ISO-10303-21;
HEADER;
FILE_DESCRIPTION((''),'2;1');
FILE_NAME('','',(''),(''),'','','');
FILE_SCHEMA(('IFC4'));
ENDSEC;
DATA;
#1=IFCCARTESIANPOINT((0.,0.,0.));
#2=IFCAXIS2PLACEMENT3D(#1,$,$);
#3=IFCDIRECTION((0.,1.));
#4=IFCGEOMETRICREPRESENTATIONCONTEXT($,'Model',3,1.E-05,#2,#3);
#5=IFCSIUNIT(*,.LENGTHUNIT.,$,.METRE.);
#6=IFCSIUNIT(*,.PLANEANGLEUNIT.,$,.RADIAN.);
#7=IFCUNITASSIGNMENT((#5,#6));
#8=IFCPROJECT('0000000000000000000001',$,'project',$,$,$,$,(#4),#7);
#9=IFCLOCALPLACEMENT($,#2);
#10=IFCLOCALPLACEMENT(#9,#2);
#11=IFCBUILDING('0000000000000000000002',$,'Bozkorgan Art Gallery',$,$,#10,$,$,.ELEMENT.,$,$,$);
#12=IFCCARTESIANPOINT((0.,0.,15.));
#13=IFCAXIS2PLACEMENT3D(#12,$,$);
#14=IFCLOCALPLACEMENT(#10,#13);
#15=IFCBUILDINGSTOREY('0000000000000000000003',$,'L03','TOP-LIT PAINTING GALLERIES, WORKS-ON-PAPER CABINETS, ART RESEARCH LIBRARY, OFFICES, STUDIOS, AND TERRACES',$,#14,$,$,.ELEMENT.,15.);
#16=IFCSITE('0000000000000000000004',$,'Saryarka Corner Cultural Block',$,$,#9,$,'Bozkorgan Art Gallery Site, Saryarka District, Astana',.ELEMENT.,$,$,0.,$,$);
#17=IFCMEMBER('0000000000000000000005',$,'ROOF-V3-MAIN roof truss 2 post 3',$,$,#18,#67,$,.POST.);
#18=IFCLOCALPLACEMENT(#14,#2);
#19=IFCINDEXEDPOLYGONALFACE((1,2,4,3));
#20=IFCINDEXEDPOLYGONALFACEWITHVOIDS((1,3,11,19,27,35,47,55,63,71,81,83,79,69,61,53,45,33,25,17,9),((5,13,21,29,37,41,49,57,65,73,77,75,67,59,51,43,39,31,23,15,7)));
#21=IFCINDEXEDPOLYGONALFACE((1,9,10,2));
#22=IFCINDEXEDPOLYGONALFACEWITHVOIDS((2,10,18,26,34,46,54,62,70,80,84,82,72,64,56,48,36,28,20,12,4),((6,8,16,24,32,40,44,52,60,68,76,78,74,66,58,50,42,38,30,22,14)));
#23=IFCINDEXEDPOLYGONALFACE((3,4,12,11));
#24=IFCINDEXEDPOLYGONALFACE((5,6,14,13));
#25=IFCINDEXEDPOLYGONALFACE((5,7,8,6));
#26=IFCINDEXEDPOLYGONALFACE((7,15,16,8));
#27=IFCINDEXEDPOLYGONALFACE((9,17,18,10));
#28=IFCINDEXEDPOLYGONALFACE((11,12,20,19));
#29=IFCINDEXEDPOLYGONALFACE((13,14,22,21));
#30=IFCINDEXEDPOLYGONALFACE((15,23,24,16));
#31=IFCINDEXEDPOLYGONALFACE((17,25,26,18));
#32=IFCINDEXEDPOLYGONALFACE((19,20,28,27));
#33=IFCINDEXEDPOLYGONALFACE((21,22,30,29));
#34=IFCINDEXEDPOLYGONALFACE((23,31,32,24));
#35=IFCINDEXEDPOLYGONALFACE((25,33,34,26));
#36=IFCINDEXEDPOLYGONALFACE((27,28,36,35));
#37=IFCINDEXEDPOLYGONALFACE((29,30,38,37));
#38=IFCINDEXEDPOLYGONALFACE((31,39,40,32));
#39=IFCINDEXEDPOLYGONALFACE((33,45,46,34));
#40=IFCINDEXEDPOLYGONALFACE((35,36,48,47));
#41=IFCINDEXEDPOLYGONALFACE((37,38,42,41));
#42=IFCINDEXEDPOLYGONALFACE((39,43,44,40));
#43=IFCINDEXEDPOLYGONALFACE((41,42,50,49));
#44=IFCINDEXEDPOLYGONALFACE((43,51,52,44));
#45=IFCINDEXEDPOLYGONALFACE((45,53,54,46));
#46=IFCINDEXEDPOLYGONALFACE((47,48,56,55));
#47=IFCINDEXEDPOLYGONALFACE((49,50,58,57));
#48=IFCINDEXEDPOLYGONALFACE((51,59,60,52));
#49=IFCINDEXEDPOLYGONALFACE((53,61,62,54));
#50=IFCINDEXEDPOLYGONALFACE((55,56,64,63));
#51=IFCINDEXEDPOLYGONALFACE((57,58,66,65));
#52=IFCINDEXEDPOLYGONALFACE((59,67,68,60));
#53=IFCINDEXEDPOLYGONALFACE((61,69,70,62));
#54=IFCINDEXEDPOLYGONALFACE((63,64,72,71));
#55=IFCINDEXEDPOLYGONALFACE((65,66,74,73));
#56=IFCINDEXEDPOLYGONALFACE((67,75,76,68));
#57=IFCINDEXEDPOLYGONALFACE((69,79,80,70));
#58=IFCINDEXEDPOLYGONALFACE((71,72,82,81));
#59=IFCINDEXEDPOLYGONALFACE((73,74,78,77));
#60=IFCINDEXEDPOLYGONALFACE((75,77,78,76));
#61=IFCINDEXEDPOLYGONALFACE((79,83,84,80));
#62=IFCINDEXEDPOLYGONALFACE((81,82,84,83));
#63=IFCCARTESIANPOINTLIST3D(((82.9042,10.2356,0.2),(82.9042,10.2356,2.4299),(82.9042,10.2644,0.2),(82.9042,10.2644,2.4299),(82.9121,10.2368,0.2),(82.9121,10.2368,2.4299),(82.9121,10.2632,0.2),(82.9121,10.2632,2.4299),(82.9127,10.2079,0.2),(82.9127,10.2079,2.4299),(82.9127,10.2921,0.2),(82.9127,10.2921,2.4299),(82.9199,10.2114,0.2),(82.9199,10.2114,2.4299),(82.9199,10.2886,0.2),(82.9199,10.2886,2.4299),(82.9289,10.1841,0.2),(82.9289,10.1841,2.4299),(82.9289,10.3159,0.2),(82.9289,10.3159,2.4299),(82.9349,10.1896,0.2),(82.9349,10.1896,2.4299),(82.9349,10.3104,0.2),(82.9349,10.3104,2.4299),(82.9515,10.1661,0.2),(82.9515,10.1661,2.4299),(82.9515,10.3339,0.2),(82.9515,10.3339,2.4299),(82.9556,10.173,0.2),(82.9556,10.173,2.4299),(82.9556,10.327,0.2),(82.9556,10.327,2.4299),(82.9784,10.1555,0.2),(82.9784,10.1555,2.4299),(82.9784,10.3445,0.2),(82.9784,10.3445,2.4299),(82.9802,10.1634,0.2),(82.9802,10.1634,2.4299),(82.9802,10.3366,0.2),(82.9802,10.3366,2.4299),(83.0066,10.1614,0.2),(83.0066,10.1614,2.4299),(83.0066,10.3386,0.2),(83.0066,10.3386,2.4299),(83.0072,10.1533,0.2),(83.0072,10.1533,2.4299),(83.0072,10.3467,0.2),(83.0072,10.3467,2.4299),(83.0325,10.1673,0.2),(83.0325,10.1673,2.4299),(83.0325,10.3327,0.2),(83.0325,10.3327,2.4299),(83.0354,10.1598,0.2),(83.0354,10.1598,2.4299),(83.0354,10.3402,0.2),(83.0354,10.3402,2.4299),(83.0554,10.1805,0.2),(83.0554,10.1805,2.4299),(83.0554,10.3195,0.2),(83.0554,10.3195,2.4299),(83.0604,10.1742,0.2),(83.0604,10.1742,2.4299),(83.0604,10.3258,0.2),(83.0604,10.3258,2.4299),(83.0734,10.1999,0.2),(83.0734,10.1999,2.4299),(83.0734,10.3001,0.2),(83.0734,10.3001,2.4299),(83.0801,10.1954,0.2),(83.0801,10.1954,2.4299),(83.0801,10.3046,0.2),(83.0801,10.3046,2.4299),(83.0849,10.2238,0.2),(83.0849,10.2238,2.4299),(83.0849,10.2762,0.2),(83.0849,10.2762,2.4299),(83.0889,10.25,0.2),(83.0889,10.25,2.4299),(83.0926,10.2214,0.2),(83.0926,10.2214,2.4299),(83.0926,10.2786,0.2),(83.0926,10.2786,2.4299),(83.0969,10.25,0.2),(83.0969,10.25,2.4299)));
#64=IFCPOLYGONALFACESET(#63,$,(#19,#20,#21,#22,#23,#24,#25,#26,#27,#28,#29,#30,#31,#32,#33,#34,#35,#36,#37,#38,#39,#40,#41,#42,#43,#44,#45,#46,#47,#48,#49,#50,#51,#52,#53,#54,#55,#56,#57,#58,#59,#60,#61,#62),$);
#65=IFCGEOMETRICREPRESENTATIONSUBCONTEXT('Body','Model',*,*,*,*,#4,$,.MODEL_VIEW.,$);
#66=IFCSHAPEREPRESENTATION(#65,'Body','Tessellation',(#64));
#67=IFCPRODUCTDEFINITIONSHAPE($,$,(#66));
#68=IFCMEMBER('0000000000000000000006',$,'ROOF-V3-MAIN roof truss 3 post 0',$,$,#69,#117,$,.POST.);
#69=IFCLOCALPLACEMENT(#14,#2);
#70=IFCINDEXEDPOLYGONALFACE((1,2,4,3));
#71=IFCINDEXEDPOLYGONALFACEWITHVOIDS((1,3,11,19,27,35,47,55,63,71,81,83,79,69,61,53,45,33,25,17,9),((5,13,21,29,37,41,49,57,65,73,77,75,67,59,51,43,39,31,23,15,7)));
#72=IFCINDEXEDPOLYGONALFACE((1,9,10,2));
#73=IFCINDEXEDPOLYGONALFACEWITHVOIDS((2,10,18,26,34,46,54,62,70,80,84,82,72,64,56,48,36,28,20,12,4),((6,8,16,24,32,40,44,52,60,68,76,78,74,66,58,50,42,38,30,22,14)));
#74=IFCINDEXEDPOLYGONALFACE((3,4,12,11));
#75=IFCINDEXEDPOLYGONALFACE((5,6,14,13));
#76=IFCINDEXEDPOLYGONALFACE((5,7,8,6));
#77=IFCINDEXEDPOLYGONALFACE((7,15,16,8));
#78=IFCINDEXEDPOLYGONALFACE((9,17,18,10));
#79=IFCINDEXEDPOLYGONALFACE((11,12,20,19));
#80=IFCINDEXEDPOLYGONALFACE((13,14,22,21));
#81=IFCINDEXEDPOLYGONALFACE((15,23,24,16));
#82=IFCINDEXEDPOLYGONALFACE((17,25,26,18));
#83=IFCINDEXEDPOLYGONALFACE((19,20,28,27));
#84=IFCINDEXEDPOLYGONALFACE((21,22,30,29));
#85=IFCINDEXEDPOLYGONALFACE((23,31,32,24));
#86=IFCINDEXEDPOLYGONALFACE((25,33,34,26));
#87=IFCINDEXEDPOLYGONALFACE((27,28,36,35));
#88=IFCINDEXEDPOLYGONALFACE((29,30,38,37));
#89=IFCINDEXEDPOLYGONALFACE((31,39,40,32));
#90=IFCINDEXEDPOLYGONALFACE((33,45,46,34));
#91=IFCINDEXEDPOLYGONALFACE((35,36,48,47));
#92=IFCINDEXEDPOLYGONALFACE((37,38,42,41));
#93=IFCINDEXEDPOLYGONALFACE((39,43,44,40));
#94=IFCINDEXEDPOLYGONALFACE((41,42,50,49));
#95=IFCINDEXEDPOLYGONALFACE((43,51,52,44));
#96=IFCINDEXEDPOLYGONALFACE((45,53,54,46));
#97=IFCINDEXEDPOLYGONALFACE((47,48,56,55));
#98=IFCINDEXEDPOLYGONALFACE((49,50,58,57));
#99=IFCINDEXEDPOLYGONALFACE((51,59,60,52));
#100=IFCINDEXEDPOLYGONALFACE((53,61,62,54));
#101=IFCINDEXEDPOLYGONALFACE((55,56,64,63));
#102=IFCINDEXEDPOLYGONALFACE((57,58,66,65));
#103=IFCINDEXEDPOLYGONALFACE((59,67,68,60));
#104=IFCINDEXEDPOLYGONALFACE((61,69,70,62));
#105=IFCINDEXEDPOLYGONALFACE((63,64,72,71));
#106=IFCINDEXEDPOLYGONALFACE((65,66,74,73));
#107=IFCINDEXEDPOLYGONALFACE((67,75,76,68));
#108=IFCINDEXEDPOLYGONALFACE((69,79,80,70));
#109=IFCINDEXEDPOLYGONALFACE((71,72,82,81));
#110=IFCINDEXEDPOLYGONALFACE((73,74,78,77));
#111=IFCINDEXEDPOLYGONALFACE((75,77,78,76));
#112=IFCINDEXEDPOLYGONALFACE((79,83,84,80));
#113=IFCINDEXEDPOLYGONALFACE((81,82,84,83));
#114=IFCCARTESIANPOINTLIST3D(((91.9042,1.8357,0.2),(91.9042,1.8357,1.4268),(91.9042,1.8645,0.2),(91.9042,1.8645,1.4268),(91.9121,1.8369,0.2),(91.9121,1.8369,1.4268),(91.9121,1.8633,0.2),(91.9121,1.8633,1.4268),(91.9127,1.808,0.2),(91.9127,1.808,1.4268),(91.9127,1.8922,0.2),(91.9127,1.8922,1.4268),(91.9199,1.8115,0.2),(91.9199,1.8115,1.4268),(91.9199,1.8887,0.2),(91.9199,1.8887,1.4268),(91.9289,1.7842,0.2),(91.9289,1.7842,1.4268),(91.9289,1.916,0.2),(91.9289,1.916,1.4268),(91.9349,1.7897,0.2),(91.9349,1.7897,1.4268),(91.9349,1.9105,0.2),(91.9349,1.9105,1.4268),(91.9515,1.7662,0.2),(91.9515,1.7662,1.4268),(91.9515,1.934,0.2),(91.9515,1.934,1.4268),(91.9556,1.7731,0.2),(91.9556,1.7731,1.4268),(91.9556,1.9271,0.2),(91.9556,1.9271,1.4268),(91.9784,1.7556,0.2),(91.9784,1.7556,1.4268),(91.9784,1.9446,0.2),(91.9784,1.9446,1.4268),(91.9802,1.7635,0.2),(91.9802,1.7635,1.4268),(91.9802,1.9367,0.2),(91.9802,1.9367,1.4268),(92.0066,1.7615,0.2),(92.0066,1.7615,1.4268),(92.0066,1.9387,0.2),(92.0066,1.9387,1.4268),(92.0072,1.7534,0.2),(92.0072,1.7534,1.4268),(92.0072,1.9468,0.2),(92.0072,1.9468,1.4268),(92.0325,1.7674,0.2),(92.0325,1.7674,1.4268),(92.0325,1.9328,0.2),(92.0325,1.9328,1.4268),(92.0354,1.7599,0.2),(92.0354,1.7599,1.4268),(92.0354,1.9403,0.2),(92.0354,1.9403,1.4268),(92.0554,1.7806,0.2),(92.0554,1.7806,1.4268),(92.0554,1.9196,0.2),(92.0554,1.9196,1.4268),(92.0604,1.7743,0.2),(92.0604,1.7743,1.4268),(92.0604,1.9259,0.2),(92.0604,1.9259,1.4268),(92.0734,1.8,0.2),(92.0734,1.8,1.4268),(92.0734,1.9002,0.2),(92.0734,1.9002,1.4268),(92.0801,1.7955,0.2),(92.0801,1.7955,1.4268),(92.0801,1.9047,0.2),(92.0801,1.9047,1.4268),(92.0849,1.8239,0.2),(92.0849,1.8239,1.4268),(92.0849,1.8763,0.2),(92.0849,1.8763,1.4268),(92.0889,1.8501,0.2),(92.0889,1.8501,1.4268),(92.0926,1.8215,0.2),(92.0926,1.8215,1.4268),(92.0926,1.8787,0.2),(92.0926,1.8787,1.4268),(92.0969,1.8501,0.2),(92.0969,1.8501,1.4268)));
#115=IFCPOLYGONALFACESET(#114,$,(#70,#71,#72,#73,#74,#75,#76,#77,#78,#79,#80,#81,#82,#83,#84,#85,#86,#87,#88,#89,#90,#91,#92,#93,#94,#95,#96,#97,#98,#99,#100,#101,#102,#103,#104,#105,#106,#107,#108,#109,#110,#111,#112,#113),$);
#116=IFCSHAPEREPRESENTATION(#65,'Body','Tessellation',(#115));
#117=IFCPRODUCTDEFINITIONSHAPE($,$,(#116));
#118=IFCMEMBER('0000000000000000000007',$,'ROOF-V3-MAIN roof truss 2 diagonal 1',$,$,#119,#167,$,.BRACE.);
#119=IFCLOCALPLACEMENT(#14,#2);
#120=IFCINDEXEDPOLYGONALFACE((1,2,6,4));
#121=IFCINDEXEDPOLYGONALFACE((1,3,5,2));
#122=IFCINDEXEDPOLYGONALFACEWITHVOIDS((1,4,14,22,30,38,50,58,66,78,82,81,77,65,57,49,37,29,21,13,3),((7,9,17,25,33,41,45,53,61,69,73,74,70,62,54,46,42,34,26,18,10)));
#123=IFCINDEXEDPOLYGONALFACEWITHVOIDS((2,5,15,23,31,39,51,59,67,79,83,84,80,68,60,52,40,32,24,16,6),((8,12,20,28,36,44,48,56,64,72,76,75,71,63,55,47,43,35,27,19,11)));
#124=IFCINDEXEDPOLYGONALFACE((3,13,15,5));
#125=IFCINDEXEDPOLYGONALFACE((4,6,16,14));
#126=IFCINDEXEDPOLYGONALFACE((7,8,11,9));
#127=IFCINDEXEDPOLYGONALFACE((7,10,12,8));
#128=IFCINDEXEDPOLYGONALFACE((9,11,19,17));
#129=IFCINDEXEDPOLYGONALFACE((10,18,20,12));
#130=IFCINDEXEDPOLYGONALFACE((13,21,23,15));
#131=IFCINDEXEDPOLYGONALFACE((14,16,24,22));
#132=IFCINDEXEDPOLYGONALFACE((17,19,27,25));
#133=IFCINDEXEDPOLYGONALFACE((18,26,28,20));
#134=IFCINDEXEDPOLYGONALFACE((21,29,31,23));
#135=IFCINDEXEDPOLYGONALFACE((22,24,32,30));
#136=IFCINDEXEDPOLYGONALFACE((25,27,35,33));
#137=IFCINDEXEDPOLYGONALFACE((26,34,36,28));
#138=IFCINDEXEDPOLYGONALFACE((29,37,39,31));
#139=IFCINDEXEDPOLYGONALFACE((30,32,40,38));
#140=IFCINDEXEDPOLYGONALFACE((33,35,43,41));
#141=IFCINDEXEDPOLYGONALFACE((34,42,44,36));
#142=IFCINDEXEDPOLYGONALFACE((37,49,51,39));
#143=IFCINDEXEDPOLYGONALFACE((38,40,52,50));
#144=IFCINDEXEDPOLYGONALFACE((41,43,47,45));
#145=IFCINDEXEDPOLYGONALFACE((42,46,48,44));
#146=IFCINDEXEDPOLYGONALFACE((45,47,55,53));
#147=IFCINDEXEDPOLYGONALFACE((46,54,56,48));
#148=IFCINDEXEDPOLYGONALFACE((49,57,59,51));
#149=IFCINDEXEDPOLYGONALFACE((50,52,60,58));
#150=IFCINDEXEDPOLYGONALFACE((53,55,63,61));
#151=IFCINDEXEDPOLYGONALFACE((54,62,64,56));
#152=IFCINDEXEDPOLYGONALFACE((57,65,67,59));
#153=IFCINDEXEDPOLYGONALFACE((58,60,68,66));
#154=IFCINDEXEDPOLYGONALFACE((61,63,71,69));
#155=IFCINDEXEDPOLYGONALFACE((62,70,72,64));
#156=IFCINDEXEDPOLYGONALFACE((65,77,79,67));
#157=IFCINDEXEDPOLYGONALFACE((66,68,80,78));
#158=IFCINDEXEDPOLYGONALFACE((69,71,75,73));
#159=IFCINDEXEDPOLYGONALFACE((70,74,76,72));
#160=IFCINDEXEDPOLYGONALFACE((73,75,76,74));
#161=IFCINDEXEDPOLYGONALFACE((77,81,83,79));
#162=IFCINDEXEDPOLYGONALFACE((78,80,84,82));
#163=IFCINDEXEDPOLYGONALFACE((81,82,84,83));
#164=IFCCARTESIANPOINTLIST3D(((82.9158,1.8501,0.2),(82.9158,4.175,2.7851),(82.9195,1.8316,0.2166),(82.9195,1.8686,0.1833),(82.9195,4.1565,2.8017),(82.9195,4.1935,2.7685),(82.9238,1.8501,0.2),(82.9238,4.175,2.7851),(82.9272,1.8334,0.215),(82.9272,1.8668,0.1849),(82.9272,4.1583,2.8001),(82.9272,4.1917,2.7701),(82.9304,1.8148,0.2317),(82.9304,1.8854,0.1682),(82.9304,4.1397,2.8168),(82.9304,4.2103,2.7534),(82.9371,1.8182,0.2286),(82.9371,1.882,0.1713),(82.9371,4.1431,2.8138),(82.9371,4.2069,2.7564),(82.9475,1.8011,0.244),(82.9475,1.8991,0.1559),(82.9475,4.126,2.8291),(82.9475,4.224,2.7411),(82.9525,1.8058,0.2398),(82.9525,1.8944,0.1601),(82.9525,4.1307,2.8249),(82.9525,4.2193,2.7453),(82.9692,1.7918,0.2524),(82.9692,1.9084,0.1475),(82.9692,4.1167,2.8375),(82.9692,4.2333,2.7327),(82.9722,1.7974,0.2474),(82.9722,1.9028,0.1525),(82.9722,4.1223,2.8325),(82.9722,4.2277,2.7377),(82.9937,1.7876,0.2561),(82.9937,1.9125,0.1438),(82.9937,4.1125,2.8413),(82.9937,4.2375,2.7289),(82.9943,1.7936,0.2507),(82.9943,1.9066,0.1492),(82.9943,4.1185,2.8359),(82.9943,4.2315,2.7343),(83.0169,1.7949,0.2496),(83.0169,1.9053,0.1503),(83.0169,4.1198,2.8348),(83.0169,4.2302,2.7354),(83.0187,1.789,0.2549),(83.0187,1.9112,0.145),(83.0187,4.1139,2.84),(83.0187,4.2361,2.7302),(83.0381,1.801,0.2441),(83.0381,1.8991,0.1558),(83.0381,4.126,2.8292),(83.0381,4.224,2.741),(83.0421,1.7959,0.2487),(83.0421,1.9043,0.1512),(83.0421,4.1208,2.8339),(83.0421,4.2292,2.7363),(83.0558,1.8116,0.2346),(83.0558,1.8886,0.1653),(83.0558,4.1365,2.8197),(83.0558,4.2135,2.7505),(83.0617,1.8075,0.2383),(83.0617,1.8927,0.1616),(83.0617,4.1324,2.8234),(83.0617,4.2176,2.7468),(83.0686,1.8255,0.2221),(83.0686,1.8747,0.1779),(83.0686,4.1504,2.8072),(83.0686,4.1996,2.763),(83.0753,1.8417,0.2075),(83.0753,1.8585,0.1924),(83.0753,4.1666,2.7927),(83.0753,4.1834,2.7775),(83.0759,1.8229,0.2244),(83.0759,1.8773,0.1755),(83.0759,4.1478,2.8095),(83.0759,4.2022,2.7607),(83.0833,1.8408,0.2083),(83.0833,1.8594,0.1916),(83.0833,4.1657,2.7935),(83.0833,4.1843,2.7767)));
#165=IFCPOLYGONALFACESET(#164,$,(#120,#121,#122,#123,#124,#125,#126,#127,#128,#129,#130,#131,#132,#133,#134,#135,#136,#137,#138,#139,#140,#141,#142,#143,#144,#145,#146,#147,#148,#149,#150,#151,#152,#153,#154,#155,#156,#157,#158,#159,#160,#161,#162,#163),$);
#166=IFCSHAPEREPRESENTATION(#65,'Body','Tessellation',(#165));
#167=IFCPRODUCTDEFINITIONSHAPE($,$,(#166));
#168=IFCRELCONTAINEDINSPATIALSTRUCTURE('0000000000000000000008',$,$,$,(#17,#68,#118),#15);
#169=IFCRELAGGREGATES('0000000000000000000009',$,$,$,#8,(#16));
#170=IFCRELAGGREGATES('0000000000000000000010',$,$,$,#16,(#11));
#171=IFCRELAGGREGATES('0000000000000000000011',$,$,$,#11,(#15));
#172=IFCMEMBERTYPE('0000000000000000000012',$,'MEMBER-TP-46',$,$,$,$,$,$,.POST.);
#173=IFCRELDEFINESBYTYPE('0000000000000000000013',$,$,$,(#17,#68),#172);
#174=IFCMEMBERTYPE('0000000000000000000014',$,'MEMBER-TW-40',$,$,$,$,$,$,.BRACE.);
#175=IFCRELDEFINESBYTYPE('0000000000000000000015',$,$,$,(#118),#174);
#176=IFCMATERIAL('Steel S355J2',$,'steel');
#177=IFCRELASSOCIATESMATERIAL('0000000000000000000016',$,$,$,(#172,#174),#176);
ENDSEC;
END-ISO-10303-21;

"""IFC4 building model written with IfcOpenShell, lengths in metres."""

from ifc_helpers import new_model, si_unit, direction, frame, origin, origin_2d, place, context, subcontext, project, spatial, hollow_circle, extrude, material, material_profile, profile_set, type_object, element, save


model = new_model("IFC4")

# Units and contexts
model_context = context("Model", 3, precision=1e-05, world=origin(), true_north=direction((0.0, 1.0)))
body_context = subcontext(model_context, "Body", "Model", "MODEL_VIEW")
ifc_project = project(units=[si_unit("LENGTHUNIT", "METRE"), si_unit("PLANEANGLEUNIT", "RADIAN")], contexts=[model_context])

# Site, building, storey
site_placement = place(None, origin())
site = spatial("IfcSite", under=ifc_project, at=site_placement, Name="Saryarka Corner Cultural Block", LongName="Bozkorgan Art Gallery Site, Saryarka District, Astana", CompositionType="ELEMENT", RefElevation=0.0)
building_placement = place(site_placement, origin())
building = spatial("IfcBuilding", under=site, at=building_placement, Name="Bozkorgan Art Gallery", CompositionType="ELEMENT")
storey_placement = place(building_placement, frame((0.0, 0.0, 15.0)))
storey = spatial("IfcBuildingStorey", under=building, at=storey_placement, Name="L03", Description="TOP-LIT PAINTING GALLERIES, WORKS-ON-PAPER CABINETS, ART RESEARCH LIBRARY, OFFICES, STUDIOS, AND TERRACES", CompositionType="ELEMENT", Elevation=15.0)

# Shared definitions
ifc_material_1 = material(Name="Steel S355J2", Category="steel")

# Members
ifc_material_profile_1 = material_profile(ifc_material_1, hollow_circle(Radius=0.0969, WallThickness=0.0081, at=origin_2d()), Name="CHS 193.7x8")
ifc_profile_set_1 = profile_set([ifc_material_profile_1], Name="Steel S355J2")
member_type_1 = type_object("IfcMemberType", Name="MEMBER-TP-46", PredefinedType="POST", material=ifc_profile_set_1)
member_1_placement = place(storey_placement, frame((83.0, 10.25, 0.2), z_axis=(0.0, 0.0, 1.0), x_axis=(1.0, 0.0, 0.0)))
element("IfcMember", 1, at=member_1_placement, inside=storey, type_object=member_type_1, Name="ROOF-V3-MAIN roof truss 2 post 3", PredefinedType="POST", context=body_context, shape_type="SweptSolid", body=[
    extrude(hollow_circle(Radius=0.0969, WallThickness=0.0081, at=origin_2d()), origin(), (0.0, 0.0, 1.0), 2.23),
])
member_2_placement = place(storey_placement, frame((92.0, 1.8501, 0.2), z_axis=(0.0, 0.0, 1.0), x_axis=(1.0, 0.0, 0.0)))
element("IfcMember", 2, at=member_2_placement, inside=storey, type_object=member_type_1, Name="ROOF-V3-MAIN roof truss 3 post 0", PredefinedType="POST", context=body_context, shape_type="SweptSolid", body=[
    extrude(hollow_circle(Radius=0.0969, WallThickness=0.0081, at=origin_2d()), origin(), (0.0, 0.0, 1.0), 1.2268),
])
ifc_material_profile_2 = material_profile(ifc_material_1, hollow_circle(Radius=0.0842, WallThickness=0.0081, at=origin_2d()), Name="CHS 168.3x8")
ifc_profile_set_2 = profile_set([ifc_material_profile_2], Name="Steel S355J2")
member_type_2 = type_object("IfcMemberType", Name="MEMBER-TW-40", PredefinedType="BRACE", material=ifc_profile_set_2)
for number, where, z_axis, x_axis, name in (
    (3, (83.0, 1.8501, 0.2), (0.0, 0.668689, 0.743542), (-1.0, 0.0, 0.0), "ROOF-V3-MAIN roof truss 2 diagonal 1"),
):
    element("IfcMember", number, at=place(storey_placement, frame(where, z_axis=z_axis, x_axis=x_axis)), inside=storey, type_object=member_type_2, Name=name, PredefinedType="BRACE", context=body_context, shape_type="SweptSolid", body=[
        extrude(hollow_circle(Radius=0.0842, WallThickness=0.0081, at=origin_2d()), origin(), (0.0, 0.0, 1.0), 3.4768),
    ])

save(model, "model.ifc")
